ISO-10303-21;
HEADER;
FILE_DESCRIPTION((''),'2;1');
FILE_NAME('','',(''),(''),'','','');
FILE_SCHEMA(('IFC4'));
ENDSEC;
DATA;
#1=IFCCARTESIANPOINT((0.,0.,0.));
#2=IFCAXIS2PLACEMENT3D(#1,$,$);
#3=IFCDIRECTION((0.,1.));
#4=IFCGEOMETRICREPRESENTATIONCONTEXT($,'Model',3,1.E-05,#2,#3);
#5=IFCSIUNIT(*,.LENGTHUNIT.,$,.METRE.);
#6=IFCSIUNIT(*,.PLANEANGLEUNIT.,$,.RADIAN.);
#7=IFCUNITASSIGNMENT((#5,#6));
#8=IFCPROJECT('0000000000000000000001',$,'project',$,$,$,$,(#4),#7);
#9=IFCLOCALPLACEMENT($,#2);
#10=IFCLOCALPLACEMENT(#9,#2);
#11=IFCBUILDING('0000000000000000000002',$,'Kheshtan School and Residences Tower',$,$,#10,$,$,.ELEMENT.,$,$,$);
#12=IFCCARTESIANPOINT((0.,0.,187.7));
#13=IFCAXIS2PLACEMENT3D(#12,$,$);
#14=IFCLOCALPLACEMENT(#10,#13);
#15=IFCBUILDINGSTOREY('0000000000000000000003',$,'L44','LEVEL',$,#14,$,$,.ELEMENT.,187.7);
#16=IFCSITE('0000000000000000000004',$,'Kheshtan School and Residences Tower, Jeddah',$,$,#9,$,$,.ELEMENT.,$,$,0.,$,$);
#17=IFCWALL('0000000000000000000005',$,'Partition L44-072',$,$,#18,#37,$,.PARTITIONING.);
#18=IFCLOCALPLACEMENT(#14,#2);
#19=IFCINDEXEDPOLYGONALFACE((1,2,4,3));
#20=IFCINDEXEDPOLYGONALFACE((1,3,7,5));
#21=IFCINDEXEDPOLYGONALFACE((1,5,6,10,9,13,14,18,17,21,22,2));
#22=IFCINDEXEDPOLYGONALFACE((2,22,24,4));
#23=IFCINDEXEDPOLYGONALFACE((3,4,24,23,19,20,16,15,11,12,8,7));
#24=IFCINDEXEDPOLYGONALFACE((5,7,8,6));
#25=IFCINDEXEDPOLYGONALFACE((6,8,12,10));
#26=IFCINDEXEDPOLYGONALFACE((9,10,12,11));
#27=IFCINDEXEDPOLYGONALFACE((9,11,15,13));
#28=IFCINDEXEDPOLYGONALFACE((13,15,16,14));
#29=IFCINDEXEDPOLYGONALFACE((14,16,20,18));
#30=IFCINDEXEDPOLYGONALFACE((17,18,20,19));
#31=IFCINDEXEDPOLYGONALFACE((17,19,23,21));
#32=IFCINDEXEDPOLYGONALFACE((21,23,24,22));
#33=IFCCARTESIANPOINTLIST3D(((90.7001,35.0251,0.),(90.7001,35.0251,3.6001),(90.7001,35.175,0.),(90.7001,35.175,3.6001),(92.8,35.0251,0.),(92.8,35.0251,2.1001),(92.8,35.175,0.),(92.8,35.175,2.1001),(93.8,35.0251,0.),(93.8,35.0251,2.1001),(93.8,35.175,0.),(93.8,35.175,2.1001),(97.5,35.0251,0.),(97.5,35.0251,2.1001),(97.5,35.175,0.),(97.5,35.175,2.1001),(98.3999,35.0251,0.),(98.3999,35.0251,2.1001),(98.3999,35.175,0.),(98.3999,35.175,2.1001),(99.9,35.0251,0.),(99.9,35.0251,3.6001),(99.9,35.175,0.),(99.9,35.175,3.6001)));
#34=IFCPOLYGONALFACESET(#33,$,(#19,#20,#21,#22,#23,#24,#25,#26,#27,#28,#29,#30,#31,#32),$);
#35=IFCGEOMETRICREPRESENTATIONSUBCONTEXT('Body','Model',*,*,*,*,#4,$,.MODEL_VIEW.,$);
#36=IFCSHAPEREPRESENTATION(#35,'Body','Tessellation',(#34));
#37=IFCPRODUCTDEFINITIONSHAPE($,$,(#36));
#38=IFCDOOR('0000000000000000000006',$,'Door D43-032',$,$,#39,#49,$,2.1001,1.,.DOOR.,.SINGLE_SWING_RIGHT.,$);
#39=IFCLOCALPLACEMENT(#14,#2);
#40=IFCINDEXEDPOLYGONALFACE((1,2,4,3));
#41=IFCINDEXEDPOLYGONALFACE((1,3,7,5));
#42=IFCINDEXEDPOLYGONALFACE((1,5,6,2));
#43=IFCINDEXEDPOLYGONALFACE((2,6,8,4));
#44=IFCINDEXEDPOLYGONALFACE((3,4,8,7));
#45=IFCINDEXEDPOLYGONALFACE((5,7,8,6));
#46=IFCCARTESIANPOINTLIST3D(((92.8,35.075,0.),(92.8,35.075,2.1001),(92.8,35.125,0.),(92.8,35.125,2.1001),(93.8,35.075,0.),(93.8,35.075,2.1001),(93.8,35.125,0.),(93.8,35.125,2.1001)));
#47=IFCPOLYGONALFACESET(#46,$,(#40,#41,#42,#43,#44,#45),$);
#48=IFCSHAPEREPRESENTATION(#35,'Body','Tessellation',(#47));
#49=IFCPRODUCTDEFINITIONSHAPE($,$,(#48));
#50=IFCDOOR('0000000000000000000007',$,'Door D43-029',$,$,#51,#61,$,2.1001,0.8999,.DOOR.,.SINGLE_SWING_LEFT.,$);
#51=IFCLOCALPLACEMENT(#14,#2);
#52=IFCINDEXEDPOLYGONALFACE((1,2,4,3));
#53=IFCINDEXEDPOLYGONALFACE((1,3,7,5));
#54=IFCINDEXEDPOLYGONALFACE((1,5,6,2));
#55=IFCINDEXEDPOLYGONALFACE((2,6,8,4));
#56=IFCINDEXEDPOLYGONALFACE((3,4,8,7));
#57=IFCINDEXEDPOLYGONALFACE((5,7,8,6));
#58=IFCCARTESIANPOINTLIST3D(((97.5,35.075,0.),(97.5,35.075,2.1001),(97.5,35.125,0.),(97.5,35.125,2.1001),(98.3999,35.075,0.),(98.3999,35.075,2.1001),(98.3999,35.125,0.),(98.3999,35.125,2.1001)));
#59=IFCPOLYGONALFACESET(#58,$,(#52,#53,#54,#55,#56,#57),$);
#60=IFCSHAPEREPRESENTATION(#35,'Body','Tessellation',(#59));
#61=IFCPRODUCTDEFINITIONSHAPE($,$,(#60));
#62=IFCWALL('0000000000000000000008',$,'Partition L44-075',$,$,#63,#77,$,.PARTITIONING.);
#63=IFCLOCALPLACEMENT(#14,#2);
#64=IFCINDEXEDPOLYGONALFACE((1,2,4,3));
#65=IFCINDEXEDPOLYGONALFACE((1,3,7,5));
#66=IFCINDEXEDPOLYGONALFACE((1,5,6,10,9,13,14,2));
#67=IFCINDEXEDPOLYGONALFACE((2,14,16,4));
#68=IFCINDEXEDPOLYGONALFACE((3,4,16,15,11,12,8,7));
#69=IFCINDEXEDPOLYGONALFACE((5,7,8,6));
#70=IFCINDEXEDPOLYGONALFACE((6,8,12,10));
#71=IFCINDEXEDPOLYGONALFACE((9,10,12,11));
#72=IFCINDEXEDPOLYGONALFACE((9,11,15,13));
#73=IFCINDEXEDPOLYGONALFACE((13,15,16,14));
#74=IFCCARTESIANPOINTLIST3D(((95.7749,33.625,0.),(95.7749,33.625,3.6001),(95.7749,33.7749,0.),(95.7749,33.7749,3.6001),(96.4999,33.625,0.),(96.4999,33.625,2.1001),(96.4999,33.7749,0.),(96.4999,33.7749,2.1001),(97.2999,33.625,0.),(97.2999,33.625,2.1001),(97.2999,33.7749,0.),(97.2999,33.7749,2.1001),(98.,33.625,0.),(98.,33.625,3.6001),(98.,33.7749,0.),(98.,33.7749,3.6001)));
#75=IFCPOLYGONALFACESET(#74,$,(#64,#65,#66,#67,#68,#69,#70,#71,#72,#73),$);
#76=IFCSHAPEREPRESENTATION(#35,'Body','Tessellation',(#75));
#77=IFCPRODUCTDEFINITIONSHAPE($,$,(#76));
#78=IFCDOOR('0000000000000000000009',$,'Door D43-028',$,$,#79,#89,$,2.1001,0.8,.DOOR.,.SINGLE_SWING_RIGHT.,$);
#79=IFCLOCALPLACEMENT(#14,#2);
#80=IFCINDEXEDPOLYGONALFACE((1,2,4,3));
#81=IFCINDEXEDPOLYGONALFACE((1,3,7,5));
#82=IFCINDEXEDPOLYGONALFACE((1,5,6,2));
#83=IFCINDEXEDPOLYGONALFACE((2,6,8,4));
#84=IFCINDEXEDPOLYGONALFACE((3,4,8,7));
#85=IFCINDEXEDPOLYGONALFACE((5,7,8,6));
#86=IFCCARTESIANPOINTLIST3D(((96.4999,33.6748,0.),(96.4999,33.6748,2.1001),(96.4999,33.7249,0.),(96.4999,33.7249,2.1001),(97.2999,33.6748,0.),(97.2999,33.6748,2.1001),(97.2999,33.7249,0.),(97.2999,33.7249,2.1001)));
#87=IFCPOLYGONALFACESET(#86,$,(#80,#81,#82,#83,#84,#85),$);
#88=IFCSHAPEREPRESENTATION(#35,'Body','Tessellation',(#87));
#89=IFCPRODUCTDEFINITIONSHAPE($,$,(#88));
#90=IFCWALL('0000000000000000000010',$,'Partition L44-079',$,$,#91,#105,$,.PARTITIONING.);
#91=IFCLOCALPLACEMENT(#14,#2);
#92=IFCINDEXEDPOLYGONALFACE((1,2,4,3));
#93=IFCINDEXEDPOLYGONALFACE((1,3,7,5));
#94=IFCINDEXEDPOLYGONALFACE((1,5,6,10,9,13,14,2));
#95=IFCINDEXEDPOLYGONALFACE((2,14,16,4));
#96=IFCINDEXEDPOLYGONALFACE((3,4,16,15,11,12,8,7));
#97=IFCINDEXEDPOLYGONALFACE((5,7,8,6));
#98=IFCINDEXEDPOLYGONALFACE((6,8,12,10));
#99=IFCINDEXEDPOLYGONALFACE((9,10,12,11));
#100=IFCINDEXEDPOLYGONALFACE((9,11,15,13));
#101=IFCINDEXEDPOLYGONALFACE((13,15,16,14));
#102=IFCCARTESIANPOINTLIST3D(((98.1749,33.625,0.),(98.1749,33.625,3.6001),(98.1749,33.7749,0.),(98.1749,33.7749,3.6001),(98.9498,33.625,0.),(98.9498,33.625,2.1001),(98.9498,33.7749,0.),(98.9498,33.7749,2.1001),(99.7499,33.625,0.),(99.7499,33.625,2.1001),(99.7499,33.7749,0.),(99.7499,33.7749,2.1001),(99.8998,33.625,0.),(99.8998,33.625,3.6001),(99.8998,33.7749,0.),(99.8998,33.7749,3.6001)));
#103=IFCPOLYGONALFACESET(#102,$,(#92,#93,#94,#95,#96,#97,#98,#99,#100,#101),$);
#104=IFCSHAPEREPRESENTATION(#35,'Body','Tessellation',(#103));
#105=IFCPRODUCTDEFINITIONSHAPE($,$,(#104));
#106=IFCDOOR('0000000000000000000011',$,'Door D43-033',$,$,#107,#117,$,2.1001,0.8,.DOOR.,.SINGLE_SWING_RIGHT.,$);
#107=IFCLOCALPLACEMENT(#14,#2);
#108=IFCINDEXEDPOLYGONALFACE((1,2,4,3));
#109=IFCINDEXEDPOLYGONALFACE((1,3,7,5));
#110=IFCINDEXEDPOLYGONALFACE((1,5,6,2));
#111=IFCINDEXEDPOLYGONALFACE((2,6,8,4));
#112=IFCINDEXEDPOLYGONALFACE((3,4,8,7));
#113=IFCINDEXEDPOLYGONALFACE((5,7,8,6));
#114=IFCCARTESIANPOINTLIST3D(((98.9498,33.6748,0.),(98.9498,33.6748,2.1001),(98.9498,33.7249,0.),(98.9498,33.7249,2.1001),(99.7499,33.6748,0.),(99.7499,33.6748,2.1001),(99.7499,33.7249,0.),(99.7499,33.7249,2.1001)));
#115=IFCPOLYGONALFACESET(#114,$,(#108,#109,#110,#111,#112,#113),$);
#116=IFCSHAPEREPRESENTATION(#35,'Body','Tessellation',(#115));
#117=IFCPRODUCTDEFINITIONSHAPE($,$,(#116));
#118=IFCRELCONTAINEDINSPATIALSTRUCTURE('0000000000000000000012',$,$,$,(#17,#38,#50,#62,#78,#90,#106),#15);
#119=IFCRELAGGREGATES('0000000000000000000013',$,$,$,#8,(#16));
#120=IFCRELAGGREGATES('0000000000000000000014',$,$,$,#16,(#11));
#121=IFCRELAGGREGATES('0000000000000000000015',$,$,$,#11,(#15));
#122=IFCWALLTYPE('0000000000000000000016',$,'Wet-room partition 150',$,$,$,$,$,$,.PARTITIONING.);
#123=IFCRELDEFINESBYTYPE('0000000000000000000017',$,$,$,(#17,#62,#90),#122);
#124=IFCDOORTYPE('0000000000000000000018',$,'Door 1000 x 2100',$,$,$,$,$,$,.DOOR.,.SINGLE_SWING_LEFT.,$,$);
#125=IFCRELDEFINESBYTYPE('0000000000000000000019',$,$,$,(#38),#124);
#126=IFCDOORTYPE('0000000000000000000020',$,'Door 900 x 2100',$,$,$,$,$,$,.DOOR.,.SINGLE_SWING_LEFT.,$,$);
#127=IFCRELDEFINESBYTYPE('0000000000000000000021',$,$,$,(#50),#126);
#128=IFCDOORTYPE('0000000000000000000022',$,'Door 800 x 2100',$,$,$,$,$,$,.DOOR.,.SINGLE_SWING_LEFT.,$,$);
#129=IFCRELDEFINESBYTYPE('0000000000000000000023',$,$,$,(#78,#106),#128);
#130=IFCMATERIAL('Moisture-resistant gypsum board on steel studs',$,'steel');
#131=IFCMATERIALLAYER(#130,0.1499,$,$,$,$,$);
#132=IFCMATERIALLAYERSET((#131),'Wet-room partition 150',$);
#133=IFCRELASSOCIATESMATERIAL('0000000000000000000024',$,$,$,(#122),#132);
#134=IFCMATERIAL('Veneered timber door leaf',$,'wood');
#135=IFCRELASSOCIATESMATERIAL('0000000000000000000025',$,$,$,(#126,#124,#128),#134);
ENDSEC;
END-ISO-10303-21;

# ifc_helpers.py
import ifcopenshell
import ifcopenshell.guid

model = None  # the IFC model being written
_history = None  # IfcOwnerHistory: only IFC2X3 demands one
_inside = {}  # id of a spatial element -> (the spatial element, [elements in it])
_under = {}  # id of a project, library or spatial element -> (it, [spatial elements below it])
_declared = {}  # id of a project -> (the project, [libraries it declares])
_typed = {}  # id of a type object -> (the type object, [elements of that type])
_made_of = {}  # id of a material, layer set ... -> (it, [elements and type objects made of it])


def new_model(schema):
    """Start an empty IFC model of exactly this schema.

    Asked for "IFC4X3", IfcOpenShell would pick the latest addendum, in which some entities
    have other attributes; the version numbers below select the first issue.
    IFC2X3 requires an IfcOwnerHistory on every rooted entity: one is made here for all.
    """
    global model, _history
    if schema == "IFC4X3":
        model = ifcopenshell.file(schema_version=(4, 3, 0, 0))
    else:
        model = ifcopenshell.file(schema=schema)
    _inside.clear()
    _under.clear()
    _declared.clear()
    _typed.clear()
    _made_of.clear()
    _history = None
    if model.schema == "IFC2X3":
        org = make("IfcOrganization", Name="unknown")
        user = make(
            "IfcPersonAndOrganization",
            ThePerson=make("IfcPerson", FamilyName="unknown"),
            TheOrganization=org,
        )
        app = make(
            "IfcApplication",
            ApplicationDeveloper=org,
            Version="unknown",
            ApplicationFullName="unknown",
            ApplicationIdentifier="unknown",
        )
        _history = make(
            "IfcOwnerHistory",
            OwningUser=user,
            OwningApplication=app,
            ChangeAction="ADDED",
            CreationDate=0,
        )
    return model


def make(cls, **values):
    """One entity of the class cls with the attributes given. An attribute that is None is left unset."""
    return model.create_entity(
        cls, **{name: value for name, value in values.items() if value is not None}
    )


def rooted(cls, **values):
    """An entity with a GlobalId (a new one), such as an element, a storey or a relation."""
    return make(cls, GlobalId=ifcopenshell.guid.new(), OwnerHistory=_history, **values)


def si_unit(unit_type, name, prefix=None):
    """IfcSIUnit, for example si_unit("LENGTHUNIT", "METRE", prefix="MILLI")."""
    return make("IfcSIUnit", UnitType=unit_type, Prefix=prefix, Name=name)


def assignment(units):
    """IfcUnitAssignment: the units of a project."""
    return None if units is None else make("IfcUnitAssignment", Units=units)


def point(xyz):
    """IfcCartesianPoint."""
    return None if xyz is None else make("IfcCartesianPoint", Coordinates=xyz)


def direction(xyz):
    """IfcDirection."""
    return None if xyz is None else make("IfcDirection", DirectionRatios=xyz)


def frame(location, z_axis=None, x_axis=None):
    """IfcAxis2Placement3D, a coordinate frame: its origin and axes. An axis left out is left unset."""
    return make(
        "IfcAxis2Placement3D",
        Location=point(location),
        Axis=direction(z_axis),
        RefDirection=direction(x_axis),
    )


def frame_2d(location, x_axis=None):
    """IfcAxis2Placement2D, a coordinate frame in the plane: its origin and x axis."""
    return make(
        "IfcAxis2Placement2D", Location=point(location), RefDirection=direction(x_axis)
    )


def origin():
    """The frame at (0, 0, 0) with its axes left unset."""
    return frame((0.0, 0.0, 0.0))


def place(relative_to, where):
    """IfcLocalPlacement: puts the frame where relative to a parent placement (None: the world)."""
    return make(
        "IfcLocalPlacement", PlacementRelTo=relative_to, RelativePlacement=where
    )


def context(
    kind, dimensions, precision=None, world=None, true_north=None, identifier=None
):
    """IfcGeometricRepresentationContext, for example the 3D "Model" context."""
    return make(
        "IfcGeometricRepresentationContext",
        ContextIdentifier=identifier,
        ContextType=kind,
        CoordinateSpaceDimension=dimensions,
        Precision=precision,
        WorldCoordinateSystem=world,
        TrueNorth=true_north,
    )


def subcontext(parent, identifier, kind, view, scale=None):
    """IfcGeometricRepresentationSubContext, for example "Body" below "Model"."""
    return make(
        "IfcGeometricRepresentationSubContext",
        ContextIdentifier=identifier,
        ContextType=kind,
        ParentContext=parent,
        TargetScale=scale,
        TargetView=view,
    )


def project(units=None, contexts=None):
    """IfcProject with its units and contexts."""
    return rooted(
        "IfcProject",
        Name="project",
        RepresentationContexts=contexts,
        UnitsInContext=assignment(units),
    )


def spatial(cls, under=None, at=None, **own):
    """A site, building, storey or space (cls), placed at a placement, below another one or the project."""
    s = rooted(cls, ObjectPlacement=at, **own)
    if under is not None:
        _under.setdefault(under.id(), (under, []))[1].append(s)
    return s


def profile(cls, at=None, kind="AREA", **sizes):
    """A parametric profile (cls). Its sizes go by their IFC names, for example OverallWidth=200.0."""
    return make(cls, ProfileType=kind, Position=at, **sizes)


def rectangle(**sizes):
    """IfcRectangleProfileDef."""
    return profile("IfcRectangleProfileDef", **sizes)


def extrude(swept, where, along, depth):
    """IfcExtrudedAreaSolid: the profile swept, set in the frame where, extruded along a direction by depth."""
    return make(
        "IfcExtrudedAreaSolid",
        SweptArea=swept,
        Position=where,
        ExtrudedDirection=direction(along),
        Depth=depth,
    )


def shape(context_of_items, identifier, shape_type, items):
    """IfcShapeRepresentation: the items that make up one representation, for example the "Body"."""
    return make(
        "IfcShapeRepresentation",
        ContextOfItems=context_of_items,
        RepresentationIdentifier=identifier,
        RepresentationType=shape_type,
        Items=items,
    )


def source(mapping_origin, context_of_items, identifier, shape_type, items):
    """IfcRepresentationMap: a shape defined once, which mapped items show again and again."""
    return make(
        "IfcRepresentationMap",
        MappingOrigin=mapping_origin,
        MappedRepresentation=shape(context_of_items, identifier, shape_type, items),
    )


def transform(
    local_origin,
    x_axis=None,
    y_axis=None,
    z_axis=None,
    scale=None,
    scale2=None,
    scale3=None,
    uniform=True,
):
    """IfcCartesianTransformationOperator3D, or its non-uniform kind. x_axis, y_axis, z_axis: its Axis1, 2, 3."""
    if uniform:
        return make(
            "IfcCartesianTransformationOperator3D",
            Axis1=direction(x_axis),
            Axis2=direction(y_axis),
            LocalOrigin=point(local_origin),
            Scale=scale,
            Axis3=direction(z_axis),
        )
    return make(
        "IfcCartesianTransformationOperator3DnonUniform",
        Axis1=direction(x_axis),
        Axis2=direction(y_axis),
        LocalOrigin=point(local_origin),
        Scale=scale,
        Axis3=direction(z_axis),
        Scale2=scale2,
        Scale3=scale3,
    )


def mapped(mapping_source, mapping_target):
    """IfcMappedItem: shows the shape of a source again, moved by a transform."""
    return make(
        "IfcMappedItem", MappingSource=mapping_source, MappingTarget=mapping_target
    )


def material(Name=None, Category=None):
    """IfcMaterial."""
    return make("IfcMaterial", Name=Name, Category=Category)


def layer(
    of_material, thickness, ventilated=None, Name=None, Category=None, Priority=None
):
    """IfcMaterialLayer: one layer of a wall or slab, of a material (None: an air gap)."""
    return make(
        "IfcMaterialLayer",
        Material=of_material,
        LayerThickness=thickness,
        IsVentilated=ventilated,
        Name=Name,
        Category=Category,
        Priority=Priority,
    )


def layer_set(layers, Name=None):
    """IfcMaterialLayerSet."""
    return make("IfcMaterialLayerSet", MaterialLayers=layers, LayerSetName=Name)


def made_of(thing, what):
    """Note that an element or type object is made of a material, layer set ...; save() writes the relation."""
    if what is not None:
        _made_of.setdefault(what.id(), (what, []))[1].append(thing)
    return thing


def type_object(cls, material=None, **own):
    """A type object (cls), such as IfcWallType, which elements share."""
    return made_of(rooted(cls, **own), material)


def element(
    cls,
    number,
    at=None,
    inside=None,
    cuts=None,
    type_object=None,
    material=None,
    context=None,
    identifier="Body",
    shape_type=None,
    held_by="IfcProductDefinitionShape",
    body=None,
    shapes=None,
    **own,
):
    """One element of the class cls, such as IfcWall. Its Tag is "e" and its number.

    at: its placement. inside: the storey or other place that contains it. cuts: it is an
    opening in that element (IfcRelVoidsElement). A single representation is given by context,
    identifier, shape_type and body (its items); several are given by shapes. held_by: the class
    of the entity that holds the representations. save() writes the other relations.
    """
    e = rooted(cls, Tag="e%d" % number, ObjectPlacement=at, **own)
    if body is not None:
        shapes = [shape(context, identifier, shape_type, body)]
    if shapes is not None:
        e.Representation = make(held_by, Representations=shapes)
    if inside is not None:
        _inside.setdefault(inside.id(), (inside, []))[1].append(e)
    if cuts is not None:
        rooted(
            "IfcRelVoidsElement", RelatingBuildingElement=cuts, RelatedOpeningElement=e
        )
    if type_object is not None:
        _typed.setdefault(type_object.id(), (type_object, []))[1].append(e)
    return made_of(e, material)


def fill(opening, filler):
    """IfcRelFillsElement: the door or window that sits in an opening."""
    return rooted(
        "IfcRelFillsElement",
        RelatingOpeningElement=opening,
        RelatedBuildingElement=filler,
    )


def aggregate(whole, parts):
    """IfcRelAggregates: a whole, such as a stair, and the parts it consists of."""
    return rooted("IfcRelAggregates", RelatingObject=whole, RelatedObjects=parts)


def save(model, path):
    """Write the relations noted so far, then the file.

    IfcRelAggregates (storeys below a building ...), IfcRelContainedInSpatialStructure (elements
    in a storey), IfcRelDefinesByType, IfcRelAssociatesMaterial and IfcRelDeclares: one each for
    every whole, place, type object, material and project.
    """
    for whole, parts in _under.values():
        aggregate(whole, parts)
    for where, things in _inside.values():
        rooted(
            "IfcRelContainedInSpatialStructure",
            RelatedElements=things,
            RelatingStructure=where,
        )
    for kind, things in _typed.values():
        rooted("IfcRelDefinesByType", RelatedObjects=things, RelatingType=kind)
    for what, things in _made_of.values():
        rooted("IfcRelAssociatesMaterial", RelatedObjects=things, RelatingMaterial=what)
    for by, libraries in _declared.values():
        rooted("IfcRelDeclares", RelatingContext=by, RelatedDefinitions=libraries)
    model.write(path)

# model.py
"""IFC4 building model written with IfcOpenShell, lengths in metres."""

from ifc_helpers import new_model, si_unit, direction, frame, frame_2d, origin, place, context, subcontext, project, spatial, rectangle, extrude, source, transform, mapped, material, layer, layer_set, type_object, element, fill, save


model = new_model("IFC4")

# Units and contexts
model_context = context("Model", 3, precision=1e-05, world=origin(), true_north=direction((0.0, 1.0)))
body_context = subcontext(model_context, "Body", "Model", "MODEL_VIEW")
ifc_project = project(units=[si_unit("LENGTHUNIT", "METRE"), si_unit("PLANEANGLEUNIT", "RADIAN")], contexts=[model_context])

# Site, building, storey
site_placement = place(None, origin())
site = spatial("IfcSite", under=ifc_project, at=site_placement, Name="Kheshtan School and Residences Tower, Jeddah", CompositionType="ELEMENT", RefElevation=0.0)
building_placement = place(site_placement, origin())
building = spatial("IfcBuilding", under=site, at=building_placement, Name="Kheshtan School and Residences Tower", CompositionType="ELEMENT")
storey_placement = place(building_placement, frame((0.0, 0.0, 187.7)))
storey = spatial("IfcBuildingStorey", under=building, at=storey_placement, Name="L44", Description="LEVEL", CompositionType="ELEMENT", Elevation=187.7)

# Shared definitions
ifc_material_1 = material(Name="Moisture-resistant gypsum board on steel studs", Category="steel")
ifc_layer_1 = layer(ifc_material_1, 0.1499)
ifc_layer_set_1 = layer_set([ifc_layer_1], Name="Wet-room partition 150")
wall_type_1 = type_object("IfcWallType", Name="Wet-room partition 150", PredefinedType="PARTITIONING", material=ifc_layer_set_1)

# Shared definitions
ifc_material_2 = material(Name="Veneered timber door leaf", Category="wood")
door_type_1 = type_object("IfcDoorType", Name="Door 900 x 2100", OperationType="SINGLE_SWING_LEFT", PredefinedType="DOOR", material=ifc_material_2)
shared_shape_1 = source(origin(), body_context, "Body", "SweptSolid", [
    extrude(rectangle(XDim=0.8999, YDim=2.1001, at=frame_2d((0.45, 1.05))), frame((0.0, 0.0249, 0.0), z_axis=(0.0, -1.0, 0.0), x_axis=(1.0, 0.0, 0.0)), (0.0, 0.0, 1.0), 0.05),
])

# Wall, openings, doors
wall_1_placement = place(storey_placement, frame((90.7, 35.1001, 0.0), z_axis=(0.0, 0.0, 1.0), x_axis=(1.0, 0.0, 0.0)))
wall_1 = element("IfcWall", 1, at=wall_1_placement, inside=storey, type_object=wall_type_1, Name="Partition L44-072", PredefinedType="PARTITIONING", context=body_context, shape_type="SweptSolid", body=[
    extrude(rectangle(XDim=9.2, YDim=0.1499, at=frame_2d((4.6001, 0.0))), origin(), (0.0, 0.0, 1.0), 3.6001),
])
opening_1_placement = place(wall_1_placement, frame((6.8, 0.0, 0.0)))
opening_1 = element("IfcOpeningElement", 2, at=opening_1_placement, cuts=wall_1, PredefinedType="OPENING", context=body_context, shape_type="SweptSolid", body=[
    extrude(rectangle(XDim=0.8999, YDim=2.1001, at=frame_2d((0.45, 1.05))), frame((0.0, 0.085, 0.0), z_axis=(0.0, -1.0, 0.0), x_axis=(1.0, 0.0, 0.0)), (0.0, 0.0, 1.0), 0.1699),
])
opening_2_placement = place(wall_1_placement, frame((2.1001, 0.0, 0.0)))
opening_2 = element("IfcOpeningElement", 3, at=opening_2_placement, cuts=wall_1, PredefinedType="OPENING", context=body_context, shape_type="SweptSolid", body=[
    extrude(rectangle(XDim=1.0, YDim=2.1001, at=frame_2d((0.5, 1.05))), frame((0.0, 0.085, 0.0), z_axis=(0.0, -1.0, 0.0), x_axis=(1.0, 0.0, 0.0)), (0.0, 0.0, 1.0), 0.1699),
])
door_type_2 = type_object("IfcDoorType", Name="Door 1000 x 2100", OperationType="SINGLE_SWING_LEFT", PredefinedType="DOOR", material=ifc_material_2)
shared_shape_2 = source(origin(), body_context, "Body", "SweptSolid", [
    extrude(rectangle(XDim=1.0, YDim=2.1001, at=frame_2d((0.5, 1.05))), frame((0.0, 0.0249, 0.0), z_axis=(0.0, -1.0, 0.0), x_axis=(1.0, 0.0, 0.0)), (0.0, 0.0, 1.0), 0.05),
])
door_1_placement = place(opening_2_placement, origin())
door_1 = element("IfcDoor", 4, at=door_1_placement, inside=storey, type_object=door_type_2, Name="Door D43-032", OperationType="SINGLE_SWING_RIGHT", OverallHeight=2.1001, OverallWidth=1.0, PredefinedType="DOOR", context=body_context, shape_type="MappedRepresentation", body=[
    mapped(shared_shape_2, transform((0.0, 0.0, 0.0), x_axis=(1.0, 0.0, 0.0), y_axis=(0.0, 1.0, 0.0), z_axis=(0.0, 0.0, 1.0), scale=1.0)),
])
fill(opening_2, door_1)
door_2_placement = place(opening_1_placement, origin())
door_2 = element("IfcDoor", 5, at=door_2_placement, inside=storey, type_object=door_type_1, Name="Door D43-029", OperationType="SINGLE_SWING_LEFT", OverallHeight=2.1001, OverallWidth=0.8999, PredefinedType="DOOR", context=body_context, shape_type="MappedRepresentation", body=[
    mapped(shared_shape_1, transform((0.0, 0.0, 0.0), x_axis=(1.0, 0.0, 0.0), y_axis=(0.0, 1.0, 0.0), z_axis=(0.0, 0.0, 1.0), scale=1.0)),
])
fill(opening_1, door_2)

# Walls, openings, doors
wall_2_placement = place(storey_placement, frame((95.7749, 33.7, 0.0), z_axis=(0.0, 0.0, 1.0), x_axis=(1.0, 0.0, 0.0)))
wall_2 = element("IfcWall", 6, at=wall_2_placement, inside=storey, type_object=wall_type_1, Name="Partition L44-075", PredefinedType="PARTITIONING", context=body_context, shape_type="SweptSolid", body=[
    extrude(rectangle(XDim=2.2251, YDim=0.1499, at=frame_2d((1.1125, 0.0))), origin(), (0.0, 0.0, 1.0), 3.6001),
])
opening_3_placement = place(wall_2_placement, frame((0.7251, 0.0, 0.0)))
opening_3 = element("IfcOpeningElement", 7, at=opening_3_placement, cuts=wall_2, PredefinedType="OPENING", context=body_context, shape_type="SweptSolid", body=[
    extrude(rectangle(XDim=0.8, YDim=2.1001, at=frame_2d((0.3999, 1.05))), frame((0.0, 0.085, 0.0), z_axis=(0.0, -1.0, 0.0), x_axis=(1.0, 0.0, 0.0)), (0.0, 0.0, 1.0), 0.1699),
])
door_type_3 = type_object("IfcDoorType", Name="Door 800 x 2100", OperationType="SINGLE_SWING_LEFT", PredefinedType="DOOR", material=ifc_material_2)
shared_shape_3 = source(origin(), body_context, "Body", "SweptSolid", [
    extrude(rectangle(XDim=0.8, YDim=2.1001, at=frame_2d((0.3999, 1.05))), frame((0.0, 0.0249, 0.0), z_axis=(0.0, -1.0, 0.0), x_axis=(1.0, 0.0, 0.0)), (0.0, 0.0, 1.0), 0.05),
])
door_3_placement = place(opening_3_placement, origin())
door_3 = element("IfcDoor", 8, at=door_3_placement, inside=storey, type_object=door_type_3, Name="Door D43-028", OperationType="SINGLE_SWING_RIGHT", OverallHeight=2.1001, OverallWidth=0.8, PredefinedType="DOOR", context=body_context, shape_type="MappedRepresentation", body=[
    mapped(shared_shape_3, transform((0.0, 0.0, 0.0), x_axis=(1.0, 0.0, 0.0), y_axis=(0.0, 1.0, 0.0), z_axis=(0.0, 0.0, 1.0), scale=1.0)),
])
fill(opening_3, door_3)
wall_3_placement = place(storey_placement, frame((98.175, 33.7, 0.0), z_axis=(0.0, 0.0, 1.0), x_axis=(1.0, 0.0, 0.0)))
wall_3 = element("IfcWall", 9, at=wall_3_placement, inside=storey, type_object=wall_type_1, Name="Partition L44-079", PredefinedType="PARTITIONING", context=body_context, shape_type="SweptSolid", body=[
    extrude(rectangle(XDim=1.7249, YDim=0.1499, at=frame_2d((0.8623, 0.0))), origin(), (0.0, 0.0, 1.0), 3.6001),
])
opening_4_placement = place(wall_3_placement, frame((0.7749, 0.0, 0.0)))
opening_4 = element("IfcOpeningElement", 10, at=opening_4_placement, cuts=wall_3, PredefinedType="OPENING", context=body_context, shape_type="SweptSolid", body=[
    extrude(rectangle(XDim=0.8, YDim=2.1001, at=frame_2d((0.3999, 1.05))), frame((0.0, 0.085, 0.0), z_axis=(0.0, -1.0, 0.0), x_axis=(1.0, 0.0, 0.0)), (0.0, 0.0, 1.0), 0.1699),
])
door_4_placement = place(opening_4_placement, origin())
door_4 = element("IfcDoor", 11, at=door_4_placement, inside=storey, type_object=door_type_3, Name="Door D43-033", OperationType="SINGLE_SWING_RIGHT", OverallHeight=2.1001, OverallWidth=0.8, PredefinedType="DOOR", context=body_context, shape_type="MappedRepresentation", body=[
    mapped(shared_shape_3, transform((0.0, 0.0, 0.0), x_axis=(1.0, 0.0, 0.0), y_axis=(0.0, 1.0, 0.0), z_axis=(0.0, 0.0, 1.0), scale=1.0)),
])
fill(opening_4, door_4)

save(model, "model.ifc")
